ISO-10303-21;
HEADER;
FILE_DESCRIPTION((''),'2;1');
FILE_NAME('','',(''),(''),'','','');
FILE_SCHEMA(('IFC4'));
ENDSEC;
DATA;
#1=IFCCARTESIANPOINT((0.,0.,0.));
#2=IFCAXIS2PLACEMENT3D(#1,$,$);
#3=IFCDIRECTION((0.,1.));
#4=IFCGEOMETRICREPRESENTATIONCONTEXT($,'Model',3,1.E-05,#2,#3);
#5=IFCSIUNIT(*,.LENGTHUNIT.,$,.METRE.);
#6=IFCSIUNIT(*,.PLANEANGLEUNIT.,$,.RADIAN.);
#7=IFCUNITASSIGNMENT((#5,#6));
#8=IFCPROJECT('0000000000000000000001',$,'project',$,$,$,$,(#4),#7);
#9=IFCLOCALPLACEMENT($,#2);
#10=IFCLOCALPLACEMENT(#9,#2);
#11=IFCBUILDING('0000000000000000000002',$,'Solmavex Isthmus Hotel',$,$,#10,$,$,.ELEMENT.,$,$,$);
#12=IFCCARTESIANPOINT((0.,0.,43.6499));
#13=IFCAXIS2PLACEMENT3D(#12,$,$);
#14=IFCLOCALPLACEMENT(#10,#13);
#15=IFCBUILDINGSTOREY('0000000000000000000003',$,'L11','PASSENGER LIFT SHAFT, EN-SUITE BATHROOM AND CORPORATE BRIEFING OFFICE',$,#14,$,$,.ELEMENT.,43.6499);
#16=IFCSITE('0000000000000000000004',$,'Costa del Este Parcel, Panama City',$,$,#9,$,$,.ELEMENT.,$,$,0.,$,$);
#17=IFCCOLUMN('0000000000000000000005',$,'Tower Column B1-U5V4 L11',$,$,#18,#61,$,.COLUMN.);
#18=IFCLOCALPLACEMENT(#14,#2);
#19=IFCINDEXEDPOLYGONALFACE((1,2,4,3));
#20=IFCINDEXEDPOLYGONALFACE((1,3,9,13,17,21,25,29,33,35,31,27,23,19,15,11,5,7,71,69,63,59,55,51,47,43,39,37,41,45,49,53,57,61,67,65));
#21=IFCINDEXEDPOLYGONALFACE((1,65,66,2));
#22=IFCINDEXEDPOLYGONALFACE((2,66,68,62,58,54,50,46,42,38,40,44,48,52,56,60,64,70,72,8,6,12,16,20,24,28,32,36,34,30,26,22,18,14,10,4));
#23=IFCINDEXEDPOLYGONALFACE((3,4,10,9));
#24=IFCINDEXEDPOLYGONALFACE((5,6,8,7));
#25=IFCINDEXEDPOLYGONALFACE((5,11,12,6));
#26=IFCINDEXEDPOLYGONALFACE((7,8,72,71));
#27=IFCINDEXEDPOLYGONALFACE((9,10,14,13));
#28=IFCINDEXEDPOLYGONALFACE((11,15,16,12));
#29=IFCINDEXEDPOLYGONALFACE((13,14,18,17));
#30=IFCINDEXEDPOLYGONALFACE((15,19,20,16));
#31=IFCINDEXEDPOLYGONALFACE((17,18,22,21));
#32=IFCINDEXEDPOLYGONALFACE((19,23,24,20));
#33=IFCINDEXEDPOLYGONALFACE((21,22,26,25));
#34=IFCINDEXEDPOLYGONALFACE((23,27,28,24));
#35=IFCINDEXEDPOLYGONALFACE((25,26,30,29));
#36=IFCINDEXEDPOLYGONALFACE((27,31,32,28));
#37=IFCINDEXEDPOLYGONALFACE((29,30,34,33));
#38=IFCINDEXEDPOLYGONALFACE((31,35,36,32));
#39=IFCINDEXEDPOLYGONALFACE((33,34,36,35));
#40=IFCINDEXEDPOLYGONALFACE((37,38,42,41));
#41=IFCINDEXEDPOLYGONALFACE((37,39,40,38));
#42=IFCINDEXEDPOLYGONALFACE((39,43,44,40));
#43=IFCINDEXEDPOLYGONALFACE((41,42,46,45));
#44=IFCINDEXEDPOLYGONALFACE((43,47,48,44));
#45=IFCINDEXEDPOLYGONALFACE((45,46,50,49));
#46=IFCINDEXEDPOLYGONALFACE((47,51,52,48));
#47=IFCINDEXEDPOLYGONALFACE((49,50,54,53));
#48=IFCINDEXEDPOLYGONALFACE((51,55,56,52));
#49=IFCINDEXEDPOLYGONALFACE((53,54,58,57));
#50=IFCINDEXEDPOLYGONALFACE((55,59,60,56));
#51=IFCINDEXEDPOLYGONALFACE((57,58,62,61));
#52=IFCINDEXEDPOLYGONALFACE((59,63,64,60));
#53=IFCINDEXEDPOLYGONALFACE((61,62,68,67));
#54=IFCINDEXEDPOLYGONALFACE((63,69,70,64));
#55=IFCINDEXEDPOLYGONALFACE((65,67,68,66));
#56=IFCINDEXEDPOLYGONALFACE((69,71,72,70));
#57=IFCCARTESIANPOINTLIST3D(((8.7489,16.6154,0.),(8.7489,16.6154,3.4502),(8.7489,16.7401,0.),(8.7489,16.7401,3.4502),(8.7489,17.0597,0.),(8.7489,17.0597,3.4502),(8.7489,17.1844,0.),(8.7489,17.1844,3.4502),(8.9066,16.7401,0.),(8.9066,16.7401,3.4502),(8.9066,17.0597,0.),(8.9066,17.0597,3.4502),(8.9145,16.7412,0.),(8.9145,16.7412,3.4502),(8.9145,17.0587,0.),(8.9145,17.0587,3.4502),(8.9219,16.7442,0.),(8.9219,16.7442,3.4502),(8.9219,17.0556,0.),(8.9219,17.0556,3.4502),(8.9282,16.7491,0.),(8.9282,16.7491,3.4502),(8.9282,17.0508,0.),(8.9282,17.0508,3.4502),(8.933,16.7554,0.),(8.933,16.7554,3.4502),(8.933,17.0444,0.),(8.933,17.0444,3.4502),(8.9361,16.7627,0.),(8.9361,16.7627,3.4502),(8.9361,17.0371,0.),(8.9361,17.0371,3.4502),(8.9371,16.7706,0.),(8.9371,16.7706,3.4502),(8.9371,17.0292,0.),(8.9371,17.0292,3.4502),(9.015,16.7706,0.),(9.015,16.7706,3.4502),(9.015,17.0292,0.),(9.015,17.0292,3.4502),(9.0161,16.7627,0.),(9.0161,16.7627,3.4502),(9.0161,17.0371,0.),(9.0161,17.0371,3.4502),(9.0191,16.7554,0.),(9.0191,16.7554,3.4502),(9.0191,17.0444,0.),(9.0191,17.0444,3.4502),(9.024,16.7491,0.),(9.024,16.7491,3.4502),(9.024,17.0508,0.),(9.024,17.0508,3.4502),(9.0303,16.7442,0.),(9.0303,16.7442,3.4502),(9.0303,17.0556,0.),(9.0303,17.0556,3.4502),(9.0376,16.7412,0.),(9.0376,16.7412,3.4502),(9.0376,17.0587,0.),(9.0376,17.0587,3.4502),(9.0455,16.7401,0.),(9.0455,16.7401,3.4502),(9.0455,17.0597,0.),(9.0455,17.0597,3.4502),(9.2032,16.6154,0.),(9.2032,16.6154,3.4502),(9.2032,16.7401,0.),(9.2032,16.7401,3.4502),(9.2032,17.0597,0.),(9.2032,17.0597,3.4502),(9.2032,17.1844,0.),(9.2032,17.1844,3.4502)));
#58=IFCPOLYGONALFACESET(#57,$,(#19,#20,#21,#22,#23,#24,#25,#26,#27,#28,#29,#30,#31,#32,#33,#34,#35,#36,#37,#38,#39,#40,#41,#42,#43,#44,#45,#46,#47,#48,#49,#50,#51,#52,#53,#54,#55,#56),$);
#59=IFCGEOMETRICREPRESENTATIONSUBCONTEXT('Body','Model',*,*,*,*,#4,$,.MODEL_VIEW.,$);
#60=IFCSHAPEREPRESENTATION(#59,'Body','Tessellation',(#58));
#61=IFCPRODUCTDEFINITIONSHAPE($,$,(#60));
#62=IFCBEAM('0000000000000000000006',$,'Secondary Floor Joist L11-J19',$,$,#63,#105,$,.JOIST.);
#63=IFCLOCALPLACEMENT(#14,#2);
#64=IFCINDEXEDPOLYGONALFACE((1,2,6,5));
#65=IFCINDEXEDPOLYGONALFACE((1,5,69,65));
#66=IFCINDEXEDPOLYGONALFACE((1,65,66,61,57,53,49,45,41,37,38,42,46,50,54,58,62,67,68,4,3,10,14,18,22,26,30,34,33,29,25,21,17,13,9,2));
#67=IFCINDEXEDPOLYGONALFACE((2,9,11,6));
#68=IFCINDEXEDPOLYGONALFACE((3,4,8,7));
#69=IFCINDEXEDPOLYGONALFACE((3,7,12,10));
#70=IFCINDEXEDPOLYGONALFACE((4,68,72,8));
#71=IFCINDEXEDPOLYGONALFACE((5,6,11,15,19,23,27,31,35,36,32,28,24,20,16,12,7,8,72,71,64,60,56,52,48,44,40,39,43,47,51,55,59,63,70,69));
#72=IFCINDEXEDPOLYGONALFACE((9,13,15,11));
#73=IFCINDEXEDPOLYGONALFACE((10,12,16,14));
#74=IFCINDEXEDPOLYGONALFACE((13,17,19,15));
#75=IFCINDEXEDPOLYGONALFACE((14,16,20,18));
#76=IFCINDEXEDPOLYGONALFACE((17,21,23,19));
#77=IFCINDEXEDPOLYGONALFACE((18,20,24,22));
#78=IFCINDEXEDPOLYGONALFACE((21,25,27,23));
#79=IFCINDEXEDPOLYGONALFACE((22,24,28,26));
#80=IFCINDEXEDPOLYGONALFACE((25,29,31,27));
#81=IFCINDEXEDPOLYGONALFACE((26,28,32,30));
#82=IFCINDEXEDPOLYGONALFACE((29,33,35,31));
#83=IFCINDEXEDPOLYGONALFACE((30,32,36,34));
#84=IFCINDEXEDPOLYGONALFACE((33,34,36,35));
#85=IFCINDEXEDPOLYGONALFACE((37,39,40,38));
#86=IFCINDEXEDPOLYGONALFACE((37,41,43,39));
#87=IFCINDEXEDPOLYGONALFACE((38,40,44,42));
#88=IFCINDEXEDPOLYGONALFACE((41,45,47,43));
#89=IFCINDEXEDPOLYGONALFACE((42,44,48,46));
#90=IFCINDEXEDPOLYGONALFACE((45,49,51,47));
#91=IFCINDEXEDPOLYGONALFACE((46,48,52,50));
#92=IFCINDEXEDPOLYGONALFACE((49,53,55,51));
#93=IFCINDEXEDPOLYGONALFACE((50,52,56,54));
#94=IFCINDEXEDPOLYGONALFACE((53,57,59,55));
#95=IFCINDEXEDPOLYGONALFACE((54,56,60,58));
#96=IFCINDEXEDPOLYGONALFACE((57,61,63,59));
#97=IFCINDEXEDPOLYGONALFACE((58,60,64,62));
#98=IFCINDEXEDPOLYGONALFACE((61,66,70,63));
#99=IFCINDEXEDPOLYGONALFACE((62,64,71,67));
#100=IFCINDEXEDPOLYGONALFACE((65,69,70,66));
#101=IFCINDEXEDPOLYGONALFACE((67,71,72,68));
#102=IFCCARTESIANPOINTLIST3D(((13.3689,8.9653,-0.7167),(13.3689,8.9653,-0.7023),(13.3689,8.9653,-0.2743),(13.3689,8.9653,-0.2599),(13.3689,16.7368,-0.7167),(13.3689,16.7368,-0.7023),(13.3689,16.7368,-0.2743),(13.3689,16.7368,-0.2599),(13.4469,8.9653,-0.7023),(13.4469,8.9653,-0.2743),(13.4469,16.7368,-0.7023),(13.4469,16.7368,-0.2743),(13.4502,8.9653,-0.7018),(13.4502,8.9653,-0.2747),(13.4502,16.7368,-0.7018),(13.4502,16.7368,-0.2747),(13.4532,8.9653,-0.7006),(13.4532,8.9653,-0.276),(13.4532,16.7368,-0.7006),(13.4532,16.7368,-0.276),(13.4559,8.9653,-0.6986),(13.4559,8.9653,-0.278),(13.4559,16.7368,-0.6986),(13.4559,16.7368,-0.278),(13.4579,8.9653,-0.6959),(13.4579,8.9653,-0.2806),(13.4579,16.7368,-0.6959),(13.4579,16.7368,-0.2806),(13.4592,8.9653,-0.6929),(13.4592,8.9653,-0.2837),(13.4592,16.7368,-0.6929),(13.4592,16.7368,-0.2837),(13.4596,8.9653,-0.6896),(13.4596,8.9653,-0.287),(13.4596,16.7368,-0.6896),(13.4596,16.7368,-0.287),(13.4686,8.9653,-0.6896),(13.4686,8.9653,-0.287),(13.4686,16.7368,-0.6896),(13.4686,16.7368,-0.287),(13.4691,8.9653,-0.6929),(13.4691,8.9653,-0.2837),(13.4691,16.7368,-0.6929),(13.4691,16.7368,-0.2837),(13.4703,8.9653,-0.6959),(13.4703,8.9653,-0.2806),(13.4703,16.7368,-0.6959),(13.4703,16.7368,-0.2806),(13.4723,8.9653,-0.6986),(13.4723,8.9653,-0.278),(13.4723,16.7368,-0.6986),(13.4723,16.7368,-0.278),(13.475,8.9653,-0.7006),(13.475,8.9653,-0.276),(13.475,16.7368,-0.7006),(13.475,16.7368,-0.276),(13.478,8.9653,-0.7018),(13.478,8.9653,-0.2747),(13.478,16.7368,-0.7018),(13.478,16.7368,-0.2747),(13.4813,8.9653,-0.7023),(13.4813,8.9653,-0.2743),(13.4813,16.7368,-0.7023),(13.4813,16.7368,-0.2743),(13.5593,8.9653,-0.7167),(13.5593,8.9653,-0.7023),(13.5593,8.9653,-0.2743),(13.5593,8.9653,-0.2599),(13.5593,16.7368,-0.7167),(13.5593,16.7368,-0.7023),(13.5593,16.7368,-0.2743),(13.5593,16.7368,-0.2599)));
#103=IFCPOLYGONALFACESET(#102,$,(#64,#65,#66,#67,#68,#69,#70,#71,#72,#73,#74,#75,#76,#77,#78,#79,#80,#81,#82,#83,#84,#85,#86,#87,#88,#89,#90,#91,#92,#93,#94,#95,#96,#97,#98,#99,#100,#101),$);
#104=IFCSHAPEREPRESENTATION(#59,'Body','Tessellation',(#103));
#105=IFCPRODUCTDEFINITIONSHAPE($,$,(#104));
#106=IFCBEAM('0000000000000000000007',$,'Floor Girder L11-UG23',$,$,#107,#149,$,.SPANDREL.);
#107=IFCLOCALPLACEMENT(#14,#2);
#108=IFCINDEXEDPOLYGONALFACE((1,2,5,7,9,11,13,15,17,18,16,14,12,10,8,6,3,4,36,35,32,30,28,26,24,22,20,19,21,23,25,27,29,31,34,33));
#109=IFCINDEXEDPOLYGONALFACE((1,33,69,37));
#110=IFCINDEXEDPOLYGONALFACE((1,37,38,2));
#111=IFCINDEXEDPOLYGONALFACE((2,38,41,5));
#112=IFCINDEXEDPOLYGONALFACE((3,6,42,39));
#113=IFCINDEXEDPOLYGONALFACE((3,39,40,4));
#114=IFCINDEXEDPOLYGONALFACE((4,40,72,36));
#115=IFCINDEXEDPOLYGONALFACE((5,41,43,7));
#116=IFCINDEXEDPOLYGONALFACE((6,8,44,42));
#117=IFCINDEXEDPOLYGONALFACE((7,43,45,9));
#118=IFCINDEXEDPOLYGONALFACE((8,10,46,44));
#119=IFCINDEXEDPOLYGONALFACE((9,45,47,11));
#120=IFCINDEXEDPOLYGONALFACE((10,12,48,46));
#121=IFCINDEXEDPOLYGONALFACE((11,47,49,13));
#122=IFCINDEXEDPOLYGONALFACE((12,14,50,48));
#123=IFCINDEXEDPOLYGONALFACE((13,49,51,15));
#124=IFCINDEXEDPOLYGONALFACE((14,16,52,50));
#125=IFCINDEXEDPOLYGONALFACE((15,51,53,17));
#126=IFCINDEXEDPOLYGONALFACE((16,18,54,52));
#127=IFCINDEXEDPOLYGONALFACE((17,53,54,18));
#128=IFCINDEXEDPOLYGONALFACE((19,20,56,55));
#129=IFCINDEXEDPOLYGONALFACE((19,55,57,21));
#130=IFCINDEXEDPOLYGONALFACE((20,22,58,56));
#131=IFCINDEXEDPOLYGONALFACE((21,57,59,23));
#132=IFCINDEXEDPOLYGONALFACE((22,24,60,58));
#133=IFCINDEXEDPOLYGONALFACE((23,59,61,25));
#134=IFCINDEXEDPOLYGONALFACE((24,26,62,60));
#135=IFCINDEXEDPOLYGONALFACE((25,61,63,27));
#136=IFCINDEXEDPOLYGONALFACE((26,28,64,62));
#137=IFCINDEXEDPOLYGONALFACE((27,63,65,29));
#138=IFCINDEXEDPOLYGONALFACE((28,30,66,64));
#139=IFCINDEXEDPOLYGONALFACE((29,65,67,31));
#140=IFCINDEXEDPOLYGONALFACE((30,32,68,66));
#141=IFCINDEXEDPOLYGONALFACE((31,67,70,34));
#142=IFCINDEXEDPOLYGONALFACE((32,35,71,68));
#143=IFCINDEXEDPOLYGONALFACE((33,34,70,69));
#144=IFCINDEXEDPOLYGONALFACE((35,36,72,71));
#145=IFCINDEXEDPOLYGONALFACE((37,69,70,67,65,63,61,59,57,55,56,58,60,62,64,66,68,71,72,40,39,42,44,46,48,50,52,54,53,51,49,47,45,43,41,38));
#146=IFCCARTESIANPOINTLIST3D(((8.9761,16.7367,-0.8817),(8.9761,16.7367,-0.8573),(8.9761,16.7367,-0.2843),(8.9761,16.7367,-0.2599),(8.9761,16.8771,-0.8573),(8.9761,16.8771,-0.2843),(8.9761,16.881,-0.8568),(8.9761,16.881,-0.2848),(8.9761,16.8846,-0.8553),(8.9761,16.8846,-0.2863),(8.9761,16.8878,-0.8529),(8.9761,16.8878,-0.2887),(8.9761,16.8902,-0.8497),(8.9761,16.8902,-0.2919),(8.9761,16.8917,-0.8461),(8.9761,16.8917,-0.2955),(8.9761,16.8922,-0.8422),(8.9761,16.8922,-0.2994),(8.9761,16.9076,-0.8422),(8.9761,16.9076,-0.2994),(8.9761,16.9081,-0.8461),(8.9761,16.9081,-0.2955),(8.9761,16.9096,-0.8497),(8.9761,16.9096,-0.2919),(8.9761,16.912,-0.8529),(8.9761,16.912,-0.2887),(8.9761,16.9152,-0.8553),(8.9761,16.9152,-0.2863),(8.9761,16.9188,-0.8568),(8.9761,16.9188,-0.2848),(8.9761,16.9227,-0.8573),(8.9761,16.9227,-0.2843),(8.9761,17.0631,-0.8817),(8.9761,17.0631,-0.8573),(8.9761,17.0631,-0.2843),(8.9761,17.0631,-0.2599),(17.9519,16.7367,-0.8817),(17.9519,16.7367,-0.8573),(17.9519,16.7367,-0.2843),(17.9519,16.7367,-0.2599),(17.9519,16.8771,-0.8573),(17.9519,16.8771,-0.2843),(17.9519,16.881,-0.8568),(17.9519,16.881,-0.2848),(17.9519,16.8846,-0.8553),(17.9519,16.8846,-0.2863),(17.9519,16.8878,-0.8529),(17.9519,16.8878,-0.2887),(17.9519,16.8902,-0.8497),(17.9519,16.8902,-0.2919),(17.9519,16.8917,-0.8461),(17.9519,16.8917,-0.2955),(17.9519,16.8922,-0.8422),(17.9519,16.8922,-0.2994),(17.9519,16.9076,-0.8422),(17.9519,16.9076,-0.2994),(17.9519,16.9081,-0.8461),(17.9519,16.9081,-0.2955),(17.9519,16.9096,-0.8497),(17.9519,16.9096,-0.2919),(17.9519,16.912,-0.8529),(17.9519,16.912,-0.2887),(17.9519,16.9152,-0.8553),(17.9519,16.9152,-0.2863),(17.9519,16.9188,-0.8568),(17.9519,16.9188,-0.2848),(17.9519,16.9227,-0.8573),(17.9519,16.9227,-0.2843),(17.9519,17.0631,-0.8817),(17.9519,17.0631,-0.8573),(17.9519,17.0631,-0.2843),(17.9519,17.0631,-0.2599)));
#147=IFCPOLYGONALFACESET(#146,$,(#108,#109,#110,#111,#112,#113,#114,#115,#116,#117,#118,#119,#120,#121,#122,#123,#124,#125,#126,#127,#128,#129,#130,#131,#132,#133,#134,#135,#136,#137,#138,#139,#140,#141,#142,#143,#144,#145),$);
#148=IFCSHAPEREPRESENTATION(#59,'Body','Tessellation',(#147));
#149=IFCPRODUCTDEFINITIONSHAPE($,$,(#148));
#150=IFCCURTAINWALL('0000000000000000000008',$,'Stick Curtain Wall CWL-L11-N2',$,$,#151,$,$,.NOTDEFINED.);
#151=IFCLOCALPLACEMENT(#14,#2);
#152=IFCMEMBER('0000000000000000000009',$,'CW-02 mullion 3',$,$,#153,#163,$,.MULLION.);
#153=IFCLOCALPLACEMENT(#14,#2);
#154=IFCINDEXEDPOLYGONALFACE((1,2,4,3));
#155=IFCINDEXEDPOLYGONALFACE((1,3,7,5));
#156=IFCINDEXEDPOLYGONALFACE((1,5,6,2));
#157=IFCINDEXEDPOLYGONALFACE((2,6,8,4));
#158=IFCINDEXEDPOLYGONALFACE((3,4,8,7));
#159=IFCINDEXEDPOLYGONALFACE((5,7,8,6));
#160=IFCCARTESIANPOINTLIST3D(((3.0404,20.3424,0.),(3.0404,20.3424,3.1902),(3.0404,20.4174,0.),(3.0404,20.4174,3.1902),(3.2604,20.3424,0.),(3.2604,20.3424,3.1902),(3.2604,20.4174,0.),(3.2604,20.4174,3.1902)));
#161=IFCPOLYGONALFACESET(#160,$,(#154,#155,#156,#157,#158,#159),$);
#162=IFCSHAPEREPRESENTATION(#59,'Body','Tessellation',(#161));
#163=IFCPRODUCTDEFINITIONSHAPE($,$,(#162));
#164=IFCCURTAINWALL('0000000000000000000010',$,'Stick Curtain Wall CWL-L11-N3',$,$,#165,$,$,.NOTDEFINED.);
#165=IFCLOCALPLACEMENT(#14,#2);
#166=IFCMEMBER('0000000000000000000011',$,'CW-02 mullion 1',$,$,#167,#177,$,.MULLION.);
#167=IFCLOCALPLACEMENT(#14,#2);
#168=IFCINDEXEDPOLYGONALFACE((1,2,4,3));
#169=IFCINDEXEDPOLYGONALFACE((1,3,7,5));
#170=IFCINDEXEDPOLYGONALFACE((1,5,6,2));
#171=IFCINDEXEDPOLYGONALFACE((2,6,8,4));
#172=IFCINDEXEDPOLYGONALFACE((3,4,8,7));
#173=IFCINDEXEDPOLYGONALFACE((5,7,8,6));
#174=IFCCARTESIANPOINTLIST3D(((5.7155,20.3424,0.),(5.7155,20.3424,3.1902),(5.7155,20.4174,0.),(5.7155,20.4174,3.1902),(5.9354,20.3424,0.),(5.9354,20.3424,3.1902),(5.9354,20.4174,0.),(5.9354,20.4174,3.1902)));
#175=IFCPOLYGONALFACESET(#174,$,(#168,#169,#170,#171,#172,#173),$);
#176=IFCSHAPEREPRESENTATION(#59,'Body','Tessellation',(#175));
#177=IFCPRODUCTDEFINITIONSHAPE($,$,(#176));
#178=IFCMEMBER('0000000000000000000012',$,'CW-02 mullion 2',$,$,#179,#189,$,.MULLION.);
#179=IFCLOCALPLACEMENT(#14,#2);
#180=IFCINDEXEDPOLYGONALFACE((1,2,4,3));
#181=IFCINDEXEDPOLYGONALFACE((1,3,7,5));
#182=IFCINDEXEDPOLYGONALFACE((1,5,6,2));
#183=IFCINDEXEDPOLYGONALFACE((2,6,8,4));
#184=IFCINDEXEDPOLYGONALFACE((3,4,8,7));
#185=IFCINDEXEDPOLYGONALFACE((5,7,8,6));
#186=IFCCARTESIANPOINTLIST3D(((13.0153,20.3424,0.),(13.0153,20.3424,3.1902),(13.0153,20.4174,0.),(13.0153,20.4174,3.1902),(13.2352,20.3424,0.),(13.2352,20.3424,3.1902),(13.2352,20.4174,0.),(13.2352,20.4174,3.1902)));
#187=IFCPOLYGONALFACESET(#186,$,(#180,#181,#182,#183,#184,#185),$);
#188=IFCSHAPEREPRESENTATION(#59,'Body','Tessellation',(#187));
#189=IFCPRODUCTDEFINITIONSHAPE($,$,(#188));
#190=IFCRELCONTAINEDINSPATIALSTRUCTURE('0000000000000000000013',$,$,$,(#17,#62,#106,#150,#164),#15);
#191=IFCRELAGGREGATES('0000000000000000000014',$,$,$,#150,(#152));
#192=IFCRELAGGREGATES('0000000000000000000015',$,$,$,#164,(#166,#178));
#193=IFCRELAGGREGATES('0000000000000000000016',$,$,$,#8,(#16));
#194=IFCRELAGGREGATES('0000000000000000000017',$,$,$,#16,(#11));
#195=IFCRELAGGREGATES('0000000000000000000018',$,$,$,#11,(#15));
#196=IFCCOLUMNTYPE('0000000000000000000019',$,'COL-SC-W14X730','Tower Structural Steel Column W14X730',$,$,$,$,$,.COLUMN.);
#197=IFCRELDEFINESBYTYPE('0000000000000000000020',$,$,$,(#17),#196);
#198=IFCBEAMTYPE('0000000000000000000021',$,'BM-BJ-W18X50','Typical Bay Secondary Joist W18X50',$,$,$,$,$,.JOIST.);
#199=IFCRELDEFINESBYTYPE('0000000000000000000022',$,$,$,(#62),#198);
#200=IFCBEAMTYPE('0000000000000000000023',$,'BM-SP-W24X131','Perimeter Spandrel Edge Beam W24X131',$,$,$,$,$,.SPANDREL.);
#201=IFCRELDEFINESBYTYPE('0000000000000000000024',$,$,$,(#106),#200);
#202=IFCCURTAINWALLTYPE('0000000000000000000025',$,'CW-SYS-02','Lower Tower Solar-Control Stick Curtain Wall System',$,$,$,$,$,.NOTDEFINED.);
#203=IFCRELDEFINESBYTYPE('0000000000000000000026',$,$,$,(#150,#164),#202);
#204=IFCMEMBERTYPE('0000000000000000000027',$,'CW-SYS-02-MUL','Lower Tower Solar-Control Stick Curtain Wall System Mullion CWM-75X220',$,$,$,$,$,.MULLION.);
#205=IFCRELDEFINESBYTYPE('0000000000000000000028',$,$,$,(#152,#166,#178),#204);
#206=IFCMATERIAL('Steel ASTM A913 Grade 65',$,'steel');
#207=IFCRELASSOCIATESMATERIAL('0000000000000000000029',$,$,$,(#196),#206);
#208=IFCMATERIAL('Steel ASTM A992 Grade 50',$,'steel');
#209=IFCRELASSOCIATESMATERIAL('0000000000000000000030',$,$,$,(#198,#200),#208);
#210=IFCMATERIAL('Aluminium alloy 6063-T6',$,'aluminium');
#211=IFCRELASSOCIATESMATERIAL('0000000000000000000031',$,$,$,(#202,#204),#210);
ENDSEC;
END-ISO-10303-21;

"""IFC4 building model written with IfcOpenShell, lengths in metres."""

from ifc_helpers import new_model, si_unit, direction, frame, origin, origin_2d, place, context, subcontext, project, spatial, rectangle, i_section, extrude, material, material_profile, profile_set, type_object, element, aggregate, save


model = new_model("IFC4")

# Units and contexts
model_context = context("Model", 3, precision=1e-05, world=origin(), true_north=direction((0.0, 1.0)))
body_context = subcontext(model_context, "Body", "Model", "MODEL_VIEW")
ifc_project = project(units=[si_unit("LENGTHUNIT", "METRE"), si_unit("PLANEANGLEUNIT", "RADIAN")], contexts=[model_context])

# Site, building, storey
site_placement = place(None, origin())
site = spatial("IfcSite", under=ifc_project, at=site_placement, Name="Costa del Este Parcel, Panama City", CompositionType="ELEMENT", RefElevation=0.0)
building_placement = place(site_placement, origin())
building = spatial("IfcBuilding", under=site, at=building_placement, Name="Solmavex Isthmus Hotel", CompositionType="ELEMENT")
storey_placement = place(building_placement, frame((0.0, 0.0, 43.6499)))
storey = spatial("IfcBuildingStorey", under=building, at=storey_placement, Name="L11", Description="PASSENGER LIFT SHAFT, EN-SUITE BATHROOM AND CORPORATE BRIEFING OFFICE", CompositionType="ELEMENT", Elevation=43.6499)

# Column
ifc_material_1 = material(Name="Steel ASTM A913 Grade 65", Category="steel")
ifc_material_profile_1 = material_profile(ifc_material_1, i_section(OverallWidth=0.4543, OverallDepth=0.5691, WebThickness=0.0779, FlangeThickness=0.1248, FilletRadius=0.0305, at=origin_2d()), Name="W14X730")
ifc_profile_set_1 = profile_set([ifc_material_profile_1], Name="Steel ASTM A913 Grade 65")
column_type = type_object("IfcColumnType", Name="COL-SC-W14X730", Description="Tower Structural Steel Column W14X730", PredefinedType="COLUMN", material=ifc_profile_set_1)
column_placement = place(storey_placement, frame((8.9761, 16.8999, 0.0), z_axis=(0.0, 0.0, 1.0), x_axis=(1.0, 0.0, 0.0)))
element("IfcColumn", 1, at=column_placement, inside=storey, type_object=column_type, Name="Tower Column B1-U5V4 L11", PredefinedType="COLUMN", context=body_context, shape_type="SweptSolid", body=[
    extrude(i_section(OverallWidth=0.4543, OverallDepth=0.5691, WebThickness=0.0779, FlangeThickness=0.1248, FilletRadius=0.0305, at=origin_2d()), origin(), (0.0, 0.0, 1.0), 3.4502),
])

# Beams
ifc_material_2 = material(Name="Steel ASTM A992 Grade 50", Category="steel")
ifc_material_profile_2 = material_profile(ifc_material_2, i_section(OverallWidth=0.1904, OverallDepth=0.4568, WebThickness=0.009, FlangeThickness=0.0144, FilletRadius=0.0127, at=origin_2d()), Name="W18X50")
ifc_profile_set_2 = profile_set([ifc_material_profile_2], Name="Steel ASTM A992 Grade 50")
beam_type_1 = type_object("IfcBeamType", Name="BM-BJ-W18X50", Description="Typical Bay Secondary Joist W18X50", PredefinedType="JOIST", material=ifc_profile_set_2)
beam_1_placement = place(storey_placement, frame((13.4641, 8.9653, -0.4883), z_axis=(0.0, 1.0, 0.0), x_axis=(-1.0, 0.0, 0.0)))
element("IfcBeam", 2, at=beam_1_placement, inside=storey, type_object=beam_type_1, Name="Secondary Floor Joist L11-J19", PredefinedType="JOIST", context=body_context, shape_type="SweptSolid", body=[
    extrude(i_section(OverallWidth=0.1904, OverallDepth=0.4568, WebThickness=0.009, FlangeThickness=0.0144, FilletRadius=0.0127, at=origin_2d()), origin(), (0.0, 0.0, 1.0), 7.7715),
])
ifc_material_profile_3 = material_profile(ifc_material_2, i_section(OverallWidth=0.3264, OverallDepth=0.6218, WebThickness=0.0154, FlangeThickness=0.0244, FilletRadius=0.0151, at=origin_2d()), Name="W24X131")
ifc_profile_set_3 = profile_set([ifc_material_profile_3], Name="Steel ASTM A992 Grade 50")
beam_type_2 = type_object("IfcBeamType", Name="BM-SP-W24X131", Description="Perimeter Spandrel Edge Beam W24X131", PredefinedType="SPANDREL", material=ifc_profile_set_3)
beam_2_placement = place(storey_placement, frame((8.9761, 16.8999, -0.5708), z_axis=(1.0, 0.0, 0.0), x_axis=(0.0, 1.0, 0.0)))
element("IfcBeam", 3, at=beam_2_placement, inside=storey, type_object=beam_type_2, Name="Floor Girder L11-UG23", PredefinedType="SPANDREL", context=body_context, shape_type="SweptSolid", body=[
    extrude(i_section(OverallWidth=0.3264, OverallDepth=0.6218, WebThickness=0.0154, FlangeThickness=0.0244, FilletRadius=0.0151, at=origin_2d()), origin(), (0.0, 0.0, 1.0), 8.9758),
])

# Curtain wall, member
ifc_material_3 = material(Name="Aluminium alloy 6063-T6", Category="aluminium")
curtain_wall_type = type_object("IfcCurtainWallType", Name="CW-SYS-02", Description="Lower Tower Solar-Control Stick Curtain Wall System", PredefinedType="NOTDEFINED", material=ifc_material_3)
curtain_wall_1_placement = place(storey_placement, origin())
curtain_wall_1 = element("IfcCurtainWall", 4, at=curtain_wall_1_placement, inside=storey, type_object=curtain_wall_type, Name="Stick Curtain Wall CWL-L11-N2", PredefinedType="NOTDEFINED")
ifc_material_profile_4 = material_profile(ifc_material_3, rectangle(XDim=0.075, YDim=0.22, at=origin_2d()), Name="CWM-75X220")
ifc_profile_set_4 = profile_set([ifc_material_profile_4], Name="Aluminium alloy 6063-T6")
member_type_1 = type_object("IfcMemberType", Name="CW-SYS-02-MUL", Description="Lower Tower Solar-Control Stick Curtain Wall System Mullion CWM-75X220", PredefinedType="MULLION", material=ifc_profile_set_4)
member_1_placement = place(storey_placement, frame((3.1504, 20.3799, 0.0), z_axis=(0.0, 0.0, 1.0), x_axis=(0.0, 1.0, 0.0)))
member_1 = element("IfcMember", 5, at=member_1_placement, type_object=member_type_1, Name="CW-02 mullion 3", PredefinedType="MULLION", context=body_context, shape_type="SweptSolid", body=[
    extrude(rectangle(XDim=0.075, YDim=0.22, at=origin_2d()), origin(), (0.0, 0.0, 1.0), 3.1902),
])
aggregate(curtain_wall_1, [member_1])

# Curtain wall, members
curtain_wall_2_placement = place(storey_placement, origin())
curtain_wall_2 = element("IfcCurtainWall", 6, at=curtain_wall_2_placement, inside=storey, type_object=curtain_wall_type, Name="Stick Curtain Wall CWL-L11-N3", PredefinedType="NOTDEFINED")
member_2_placement = place(storey_placement, frame((5.8254, 20.3799, 0.0), z_axis=(0.0, 0.0, 1.0), x_axis=(0.0, 1.0, 0.0)))
member_2 = element("IfcMember", 7, at=member_2_placement, type_object=member_type_1, Name="CW-02 mullion 1", PredefinedType="MULLION", context=body_context, shape_type="SweptSolid", body=[
    extrude(rectangle(XDim=0.075, YDim=0.22, at=origin_2d()), origin(), (0.0, 0.0, 1.0), 3.1902),
])
member_3_placement = place(storey_placement, frame((13.1252, 20.3799, 0.0), z_axis=(0.0, 0.0, 1.0), x_axis=(0.0, 1.0, 0.0)))
member_3 = element("IfcMember", 8, at=member_3_placement, type_object=member_type_1, Name="CW-02 mullion 2", PredefinedType="MULLION", context=body_context, shape_type="SweptSolid", body=[
    extrude(rectangle(XDim=0.075, YDim=0.22, at=origin_2d()), origin(), (0.0, 0.0, 1.0), 3.1902),
])
aggregate(curtain_wall_2, [member_2, member_3])

save(model, "model.ifc")
